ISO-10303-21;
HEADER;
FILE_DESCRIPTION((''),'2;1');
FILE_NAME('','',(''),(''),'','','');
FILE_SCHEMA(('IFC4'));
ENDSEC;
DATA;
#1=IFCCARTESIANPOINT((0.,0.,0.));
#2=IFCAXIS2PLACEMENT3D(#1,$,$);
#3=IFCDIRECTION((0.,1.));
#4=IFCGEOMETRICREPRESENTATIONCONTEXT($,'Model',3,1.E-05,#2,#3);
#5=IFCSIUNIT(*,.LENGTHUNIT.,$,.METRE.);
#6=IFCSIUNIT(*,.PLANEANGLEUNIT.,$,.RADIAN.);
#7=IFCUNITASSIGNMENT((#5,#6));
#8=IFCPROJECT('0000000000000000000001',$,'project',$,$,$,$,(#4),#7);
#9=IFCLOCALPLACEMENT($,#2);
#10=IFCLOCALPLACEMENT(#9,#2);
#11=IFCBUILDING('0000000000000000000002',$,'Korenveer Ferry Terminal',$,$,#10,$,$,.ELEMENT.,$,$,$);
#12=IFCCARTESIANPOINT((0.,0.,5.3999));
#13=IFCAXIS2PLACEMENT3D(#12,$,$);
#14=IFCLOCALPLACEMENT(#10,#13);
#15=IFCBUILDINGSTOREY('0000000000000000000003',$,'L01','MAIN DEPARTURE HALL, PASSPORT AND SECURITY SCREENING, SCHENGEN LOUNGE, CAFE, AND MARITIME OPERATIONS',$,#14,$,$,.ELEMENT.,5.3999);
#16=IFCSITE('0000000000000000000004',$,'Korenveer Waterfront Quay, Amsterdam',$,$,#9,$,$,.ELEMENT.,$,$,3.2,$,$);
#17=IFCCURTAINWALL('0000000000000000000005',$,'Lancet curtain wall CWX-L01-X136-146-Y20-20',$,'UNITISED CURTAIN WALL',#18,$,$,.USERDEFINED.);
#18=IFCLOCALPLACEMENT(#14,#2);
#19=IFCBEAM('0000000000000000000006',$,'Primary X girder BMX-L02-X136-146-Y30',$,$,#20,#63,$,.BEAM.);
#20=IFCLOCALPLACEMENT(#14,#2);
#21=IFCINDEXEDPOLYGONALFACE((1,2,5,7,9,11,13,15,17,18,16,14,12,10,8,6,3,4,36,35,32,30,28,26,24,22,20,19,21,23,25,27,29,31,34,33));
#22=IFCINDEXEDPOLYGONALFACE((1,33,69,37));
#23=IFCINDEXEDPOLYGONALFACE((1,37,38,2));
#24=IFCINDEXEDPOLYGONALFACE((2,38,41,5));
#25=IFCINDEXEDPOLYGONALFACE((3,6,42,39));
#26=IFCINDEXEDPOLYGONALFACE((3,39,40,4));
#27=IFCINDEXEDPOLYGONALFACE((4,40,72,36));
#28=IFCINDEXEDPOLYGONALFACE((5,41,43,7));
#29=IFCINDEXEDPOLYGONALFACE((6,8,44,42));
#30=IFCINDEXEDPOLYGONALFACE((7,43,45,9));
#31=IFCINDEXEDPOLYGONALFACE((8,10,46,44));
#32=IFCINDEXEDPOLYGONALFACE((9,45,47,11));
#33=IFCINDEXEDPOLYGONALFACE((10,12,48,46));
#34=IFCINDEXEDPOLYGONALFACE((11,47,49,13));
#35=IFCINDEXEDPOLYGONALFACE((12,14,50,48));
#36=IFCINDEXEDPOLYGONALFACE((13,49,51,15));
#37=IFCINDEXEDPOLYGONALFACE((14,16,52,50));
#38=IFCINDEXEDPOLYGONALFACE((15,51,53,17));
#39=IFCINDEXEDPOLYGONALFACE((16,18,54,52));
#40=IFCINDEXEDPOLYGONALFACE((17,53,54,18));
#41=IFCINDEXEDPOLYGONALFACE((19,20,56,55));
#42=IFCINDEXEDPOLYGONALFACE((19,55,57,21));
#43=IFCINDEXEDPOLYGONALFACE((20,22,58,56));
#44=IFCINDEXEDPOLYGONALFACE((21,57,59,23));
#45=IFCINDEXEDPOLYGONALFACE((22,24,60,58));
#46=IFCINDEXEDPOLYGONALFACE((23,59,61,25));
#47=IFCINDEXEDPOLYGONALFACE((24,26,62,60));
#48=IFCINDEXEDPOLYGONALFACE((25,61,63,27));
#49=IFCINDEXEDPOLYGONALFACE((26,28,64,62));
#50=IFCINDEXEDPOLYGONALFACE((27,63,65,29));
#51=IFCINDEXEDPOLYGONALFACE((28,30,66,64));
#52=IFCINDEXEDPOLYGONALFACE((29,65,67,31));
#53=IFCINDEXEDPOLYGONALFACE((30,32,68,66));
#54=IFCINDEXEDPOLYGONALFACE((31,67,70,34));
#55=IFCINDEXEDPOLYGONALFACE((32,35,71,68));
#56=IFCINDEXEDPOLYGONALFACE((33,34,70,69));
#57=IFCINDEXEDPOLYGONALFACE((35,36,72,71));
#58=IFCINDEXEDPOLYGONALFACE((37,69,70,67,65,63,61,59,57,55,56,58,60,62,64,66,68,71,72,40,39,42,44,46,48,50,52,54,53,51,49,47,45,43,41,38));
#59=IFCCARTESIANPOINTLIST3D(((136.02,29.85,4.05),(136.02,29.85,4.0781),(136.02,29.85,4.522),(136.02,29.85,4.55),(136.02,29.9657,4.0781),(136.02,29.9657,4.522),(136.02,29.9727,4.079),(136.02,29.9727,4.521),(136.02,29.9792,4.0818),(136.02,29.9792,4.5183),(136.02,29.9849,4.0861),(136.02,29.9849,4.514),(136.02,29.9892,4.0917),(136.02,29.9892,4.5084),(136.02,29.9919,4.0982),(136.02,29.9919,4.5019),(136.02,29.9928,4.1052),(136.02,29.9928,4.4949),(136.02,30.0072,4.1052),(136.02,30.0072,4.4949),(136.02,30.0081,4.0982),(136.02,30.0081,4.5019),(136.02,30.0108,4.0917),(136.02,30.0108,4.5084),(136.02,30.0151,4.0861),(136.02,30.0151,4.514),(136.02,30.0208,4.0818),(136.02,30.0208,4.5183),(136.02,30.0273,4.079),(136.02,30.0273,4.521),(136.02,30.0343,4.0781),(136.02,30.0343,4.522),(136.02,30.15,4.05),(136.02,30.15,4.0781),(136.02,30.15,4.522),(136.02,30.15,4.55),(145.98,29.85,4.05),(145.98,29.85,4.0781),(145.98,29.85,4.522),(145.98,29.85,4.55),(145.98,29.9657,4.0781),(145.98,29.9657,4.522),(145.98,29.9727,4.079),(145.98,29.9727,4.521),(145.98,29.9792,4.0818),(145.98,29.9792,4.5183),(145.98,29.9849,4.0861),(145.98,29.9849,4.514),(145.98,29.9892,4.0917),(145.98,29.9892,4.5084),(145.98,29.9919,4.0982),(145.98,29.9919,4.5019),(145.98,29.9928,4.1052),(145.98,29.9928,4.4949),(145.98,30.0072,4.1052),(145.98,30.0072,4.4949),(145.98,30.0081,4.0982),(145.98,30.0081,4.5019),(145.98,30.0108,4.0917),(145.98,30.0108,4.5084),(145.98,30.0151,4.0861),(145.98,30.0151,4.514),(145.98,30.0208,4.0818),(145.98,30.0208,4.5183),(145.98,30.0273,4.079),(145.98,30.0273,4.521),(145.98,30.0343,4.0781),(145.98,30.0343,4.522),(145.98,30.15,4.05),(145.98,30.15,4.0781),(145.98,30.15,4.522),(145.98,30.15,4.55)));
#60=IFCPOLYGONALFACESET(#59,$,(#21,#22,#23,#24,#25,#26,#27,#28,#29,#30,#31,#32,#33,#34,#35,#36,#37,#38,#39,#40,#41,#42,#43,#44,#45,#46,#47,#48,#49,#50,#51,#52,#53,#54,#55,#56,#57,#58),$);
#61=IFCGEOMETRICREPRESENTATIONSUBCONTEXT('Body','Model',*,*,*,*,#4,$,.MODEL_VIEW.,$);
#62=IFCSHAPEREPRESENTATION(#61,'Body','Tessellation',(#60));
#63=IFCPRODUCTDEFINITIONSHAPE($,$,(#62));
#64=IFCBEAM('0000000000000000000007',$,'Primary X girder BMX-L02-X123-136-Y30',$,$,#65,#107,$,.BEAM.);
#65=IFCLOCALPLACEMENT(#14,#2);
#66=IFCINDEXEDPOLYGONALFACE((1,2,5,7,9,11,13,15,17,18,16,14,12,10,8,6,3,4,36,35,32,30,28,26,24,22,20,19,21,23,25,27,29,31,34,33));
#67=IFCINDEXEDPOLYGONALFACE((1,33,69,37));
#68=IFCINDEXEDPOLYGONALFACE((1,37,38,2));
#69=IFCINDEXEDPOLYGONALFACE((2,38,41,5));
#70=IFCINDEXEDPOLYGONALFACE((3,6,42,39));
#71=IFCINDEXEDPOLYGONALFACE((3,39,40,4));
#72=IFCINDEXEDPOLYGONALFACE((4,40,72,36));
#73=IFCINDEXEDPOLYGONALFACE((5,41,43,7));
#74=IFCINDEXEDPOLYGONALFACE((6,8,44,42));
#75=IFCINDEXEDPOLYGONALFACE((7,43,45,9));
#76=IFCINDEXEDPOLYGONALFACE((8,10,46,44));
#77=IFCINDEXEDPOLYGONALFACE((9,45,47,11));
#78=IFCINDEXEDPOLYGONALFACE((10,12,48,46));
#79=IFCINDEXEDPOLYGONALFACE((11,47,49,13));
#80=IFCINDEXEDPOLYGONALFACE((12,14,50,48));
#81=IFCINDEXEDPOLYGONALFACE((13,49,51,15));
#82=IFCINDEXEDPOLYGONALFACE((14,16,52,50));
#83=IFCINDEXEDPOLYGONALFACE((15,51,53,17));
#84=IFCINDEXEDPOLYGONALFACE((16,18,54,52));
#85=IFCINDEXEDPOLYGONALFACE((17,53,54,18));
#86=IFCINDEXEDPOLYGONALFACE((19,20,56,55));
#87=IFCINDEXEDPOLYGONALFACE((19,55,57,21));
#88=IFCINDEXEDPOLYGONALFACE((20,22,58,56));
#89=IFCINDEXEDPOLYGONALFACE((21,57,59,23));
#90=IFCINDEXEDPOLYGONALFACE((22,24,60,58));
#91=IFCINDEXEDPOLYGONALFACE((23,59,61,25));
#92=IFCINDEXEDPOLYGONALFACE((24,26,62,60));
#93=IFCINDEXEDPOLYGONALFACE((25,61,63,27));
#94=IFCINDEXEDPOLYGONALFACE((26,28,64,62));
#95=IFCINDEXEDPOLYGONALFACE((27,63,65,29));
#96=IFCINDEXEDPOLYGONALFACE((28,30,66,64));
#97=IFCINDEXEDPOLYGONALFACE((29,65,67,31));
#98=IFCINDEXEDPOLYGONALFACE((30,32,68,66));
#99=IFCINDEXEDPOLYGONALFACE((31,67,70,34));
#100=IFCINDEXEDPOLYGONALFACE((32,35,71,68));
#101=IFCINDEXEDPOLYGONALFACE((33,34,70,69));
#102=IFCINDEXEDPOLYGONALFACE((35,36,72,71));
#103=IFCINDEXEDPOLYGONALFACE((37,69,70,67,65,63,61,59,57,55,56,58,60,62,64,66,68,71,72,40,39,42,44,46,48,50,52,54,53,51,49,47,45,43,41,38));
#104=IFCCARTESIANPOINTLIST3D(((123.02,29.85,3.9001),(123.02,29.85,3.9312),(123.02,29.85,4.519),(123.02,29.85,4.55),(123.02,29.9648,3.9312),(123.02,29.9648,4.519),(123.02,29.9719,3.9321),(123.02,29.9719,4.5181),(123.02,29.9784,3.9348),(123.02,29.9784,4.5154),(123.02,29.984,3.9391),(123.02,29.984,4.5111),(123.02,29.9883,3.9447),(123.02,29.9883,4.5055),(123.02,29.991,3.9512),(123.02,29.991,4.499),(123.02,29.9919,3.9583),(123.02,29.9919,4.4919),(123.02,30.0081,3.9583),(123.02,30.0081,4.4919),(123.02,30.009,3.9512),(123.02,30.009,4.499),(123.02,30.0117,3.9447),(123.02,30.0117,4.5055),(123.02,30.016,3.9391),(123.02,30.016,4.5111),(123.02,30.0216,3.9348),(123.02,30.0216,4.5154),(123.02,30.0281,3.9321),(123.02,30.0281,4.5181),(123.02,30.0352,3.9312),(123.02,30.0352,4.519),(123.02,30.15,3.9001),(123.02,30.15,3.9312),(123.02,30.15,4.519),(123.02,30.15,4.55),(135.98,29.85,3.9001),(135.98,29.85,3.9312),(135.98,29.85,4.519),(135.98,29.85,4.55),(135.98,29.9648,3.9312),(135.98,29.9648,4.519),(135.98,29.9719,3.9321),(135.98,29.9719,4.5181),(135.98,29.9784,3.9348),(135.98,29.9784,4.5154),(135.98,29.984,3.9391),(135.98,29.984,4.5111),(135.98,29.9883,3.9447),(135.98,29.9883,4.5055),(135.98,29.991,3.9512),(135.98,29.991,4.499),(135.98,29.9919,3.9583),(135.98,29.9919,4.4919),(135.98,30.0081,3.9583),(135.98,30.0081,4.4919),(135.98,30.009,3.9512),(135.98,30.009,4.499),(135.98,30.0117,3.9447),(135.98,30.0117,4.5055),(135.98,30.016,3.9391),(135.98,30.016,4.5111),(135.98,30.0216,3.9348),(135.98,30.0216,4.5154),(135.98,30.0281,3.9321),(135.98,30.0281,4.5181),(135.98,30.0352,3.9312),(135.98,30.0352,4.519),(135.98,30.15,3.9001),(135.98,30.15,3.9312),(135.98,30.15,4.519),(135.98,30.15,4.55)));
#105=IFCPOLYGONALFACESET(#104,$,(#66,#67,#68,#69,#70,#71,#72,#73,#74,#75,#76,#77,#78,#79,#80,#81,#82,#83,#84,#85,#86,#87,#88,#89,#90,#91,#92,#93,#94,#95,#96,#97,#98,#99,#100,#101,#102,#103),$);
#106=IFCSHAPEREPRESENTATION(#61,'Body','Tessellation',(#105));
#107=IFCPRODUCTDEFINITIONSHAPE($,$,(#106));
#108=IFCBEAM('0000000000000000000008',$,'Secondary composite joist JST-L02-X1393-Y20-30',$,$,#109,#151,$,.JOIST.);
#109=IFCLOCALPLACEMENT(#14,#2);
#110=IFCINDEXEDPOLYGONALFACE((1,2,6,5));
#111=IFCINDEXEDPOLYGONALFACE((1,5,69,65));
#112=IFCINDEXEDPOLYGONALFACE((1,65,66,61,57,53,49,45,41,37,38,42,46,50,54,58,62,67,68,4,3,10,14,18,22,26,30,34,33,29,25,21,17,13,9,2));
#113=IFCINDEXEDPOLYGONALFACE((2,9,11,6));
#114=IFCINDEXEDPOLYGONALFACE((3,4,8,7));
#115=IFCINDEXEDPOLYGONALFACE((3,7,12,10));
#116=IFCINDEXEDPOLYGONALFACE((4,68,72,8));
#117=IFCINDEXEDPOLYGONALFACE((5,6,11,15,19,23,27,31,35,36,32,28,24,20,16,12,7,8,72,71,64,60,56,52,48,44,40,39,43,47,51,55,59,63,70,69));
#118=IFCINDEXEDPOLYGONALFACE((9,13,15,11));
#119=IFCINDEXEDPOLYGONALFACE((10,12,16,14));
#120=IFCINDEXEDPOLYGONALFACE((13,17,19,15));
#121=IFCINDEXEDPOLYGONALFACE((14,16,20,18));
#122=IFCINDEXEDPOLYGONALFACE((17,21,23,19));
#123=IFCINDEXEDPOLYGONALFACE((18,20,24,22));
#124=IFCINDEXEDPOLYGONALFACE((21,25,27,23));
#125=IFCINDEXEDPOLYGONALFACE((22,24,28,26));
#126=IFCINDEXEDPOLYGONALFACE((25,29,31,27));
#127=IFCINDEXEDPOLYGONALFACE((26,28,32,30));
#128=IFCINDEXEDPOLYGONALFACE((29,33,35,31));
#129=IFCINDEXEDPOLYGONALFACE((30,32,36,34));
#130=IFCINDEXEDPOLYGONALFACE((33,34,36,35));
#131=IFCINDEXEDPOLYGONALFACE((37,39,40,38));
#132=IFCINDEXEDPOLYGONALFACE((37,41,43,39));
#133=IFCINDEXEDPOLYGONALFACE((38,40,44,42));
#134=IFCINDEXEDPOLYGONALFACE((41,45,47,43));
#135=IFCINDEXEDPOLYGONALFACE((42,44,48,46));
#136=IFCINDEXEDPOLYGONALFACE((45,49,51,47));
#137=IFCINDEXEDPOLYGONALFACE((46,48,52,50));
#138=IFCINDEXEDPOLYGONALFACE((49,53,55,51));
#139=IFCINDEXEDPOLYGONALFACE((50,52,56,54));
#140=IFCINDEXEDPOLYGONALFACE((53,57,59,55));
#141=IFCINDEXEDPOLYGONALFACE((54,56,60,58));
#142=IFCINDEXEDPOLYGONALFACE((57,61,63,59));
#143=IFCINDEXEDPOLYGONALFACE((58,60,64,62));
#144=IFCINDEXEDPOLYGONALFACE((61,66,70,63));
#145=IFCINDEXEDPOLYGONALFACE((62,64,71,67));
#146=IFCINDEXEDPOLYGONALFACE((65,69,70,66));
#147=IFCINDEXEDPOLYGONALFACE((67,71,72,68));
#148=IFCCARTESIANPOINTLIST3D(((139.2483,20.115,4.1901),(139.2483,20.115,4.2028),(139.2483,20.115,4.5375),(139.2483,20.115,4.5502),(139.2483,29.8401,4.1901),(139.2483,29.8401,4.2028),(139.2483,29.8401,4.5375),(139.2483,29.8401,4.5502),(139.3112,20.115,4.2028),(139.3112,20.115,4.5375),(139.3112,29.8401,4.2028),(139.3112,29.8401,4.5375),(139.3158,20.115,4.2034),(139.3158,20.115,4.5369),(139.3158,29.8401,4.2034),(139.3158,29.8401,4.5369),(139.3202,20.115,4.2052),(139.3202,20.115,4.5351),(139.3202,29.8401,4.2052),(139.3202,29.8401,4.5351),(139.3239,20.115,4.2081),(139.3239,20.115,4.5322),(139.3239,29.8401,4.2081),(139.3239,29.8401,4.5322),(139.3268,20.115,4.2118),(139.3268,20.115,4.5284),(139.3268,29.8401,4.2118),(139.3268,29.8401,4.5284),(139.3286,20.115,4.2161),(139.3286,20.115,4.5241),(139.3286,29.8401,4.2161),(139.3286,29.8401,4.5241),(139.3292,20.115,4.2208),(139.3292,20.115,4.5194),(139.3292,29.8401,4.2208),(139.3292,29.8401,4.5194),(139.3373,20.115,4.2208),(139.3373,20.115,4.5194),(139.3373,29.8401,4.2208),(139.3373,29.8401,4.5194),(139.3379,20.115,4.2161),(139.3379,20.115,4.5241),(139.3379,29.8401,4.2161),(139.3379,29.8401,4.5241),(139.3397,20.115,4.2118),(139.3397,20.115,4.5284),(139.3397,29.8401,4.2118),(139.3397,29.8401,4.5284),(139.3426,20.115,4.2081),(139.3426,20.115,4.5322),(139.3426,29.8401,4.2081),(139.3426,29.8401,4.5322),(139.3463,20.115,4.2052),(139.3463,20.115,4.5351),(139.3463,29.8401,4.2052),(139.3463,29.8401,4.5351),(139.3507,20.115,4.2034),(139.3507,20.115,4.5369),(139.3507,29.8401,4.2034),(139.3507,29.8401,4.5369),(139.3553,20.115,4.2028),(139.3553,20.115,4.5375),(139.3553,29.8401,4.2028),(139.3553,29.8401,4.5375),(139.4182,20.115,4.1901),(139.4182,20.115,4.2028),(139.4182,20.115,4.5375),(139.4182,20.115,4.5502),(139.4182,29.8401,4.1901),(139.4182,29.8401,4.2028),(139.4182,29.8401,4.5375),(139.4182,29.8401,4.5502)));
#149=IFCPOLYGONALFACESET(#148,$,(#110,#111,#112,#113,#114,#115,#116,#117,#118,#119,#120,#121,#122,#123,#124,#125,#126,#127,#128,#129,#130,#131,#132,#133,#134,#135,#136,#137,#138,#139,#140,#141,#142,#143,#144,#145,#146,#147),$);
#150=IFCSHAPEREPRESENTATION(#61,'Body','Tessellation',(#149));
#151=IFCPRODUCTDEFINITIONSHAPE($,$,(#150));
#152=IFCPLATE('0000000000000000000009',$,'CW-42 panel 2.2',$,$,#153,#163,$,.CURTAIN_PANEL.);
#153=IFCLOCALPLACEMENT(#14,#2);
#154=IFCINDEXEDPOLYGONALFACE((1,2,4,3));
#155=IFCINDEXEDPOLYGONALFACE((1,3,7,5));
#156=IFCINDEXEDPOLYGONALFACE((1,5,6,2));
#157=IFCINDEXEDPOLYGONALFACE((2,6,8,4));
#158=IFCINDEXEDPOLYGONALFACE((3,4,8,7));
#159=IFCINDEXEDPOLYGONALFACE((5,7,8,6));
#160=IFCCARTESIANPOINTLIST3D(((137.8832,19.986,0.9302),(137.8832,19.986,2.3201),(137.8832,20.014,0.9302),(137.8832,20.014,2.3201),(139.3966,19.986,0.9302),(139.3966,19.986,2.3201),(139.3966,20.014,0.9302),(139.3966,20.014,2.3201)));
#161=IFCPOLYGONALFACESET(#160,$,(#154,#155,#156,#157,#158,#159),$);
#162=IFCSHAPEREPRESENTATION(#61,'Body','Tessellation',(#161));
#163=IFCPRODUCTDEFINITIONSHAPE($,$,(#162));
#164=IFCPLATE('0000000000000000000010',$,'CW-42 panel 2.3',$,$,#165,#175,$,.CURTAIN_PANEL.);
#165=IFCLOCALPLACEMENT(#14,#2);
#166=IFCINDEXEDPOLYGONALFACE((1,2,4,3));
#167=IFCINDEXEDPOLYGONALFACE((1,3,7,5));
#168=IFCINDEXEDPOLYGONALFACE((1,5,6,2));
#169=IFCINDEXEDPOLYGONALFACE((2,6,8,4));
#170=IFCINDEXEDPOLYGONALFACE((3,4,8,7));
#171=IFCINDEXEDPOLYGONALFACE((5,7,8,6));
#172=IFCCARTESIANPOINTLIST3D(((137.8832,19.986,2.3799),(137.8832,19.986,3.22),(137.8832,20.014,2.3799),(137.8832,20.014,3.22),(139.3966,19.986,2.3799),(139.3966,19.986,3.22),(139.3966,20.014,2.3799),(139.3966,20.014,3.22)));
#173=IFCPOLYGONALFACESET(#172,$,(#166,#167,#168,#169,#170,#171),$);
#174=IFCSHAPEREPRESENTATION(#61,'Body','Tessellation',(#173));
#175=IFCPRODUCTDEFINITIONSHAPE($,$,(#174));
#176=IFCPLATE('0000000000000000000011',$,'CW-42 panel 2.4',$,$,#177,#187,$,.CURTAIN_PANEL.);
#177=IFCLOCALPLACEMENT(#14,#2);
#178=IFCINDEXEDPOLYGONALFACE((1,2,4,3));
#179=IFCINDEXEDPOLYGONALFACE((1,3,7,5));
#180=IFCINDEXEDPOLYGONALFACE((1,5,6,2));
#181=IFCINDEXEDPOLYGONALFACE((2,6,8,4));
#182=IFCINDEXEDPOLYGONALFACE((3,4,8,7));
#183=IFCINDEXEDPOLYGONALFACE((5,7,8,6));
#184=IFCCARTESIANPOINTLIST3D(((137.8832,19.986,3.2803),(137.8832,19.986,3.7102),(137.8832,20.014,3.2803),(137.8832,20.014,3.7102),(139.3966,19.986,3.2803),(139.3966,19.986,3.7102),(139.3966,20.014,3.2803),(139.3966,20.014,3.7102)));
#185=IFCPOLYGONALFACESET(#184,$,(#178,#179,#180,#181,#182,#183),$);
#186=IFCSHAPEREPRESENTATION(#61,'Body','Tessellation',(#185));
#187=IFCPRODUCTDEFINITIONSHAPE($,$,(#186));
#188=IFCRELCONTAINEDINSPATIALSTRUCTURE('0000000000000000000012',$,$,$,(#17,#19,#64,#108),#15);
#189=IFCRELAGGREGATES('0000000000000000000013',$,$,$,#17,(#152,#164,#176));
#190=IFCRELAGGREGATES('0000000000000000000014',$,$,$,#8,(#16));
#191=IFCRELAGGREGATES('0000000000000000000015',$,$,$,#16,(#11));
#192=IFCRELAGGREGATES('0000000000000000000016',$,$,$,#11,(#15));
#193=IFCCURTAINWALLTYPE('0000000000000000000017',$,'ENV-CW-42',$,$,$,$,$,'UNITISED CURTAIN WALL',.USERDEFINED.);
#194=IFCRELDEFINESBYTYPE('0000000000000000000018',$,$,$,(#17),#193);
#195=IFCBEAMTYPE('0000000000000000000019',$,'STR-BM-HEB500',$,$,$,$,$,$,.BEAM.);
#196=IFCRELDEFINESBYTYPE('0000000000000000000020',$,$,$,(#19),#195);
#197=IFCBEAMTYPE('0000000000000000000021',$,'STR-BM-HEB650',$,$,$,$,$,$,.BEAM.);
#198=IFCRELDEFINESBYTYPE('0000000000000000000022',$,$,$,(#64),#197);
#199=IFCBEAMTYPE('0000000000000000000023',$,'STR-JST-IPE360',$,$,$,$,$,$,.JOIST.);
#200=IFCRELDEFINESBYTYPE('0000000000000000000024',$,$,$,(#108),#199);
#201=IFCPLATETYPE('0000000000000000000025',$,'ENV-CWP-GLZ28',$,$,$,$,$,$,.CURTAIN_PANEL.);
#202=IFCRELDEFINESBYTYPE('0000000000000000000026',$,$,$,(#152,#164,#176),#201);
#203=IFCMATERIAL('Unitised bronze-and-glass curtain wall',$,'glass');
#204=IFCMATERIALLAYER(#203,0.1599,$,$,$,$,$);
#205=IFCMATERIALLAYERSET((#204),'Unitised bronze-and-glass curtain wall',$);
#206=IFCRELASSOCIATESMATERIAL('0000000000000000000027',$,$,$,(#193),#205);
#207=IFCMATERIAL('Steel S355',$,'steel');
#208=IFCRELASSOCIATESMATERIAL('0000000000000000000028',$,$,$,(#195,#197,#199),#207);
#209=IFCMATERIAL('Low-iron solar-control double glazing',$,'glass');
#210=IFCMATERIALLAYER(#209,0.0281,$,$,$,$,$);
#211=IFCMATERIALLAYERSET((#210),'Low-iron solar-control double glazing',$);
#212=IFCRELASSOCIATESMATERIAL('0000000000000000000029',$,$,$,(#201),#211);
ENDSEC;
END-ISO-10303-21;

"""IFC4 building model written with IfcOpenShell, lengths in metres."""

from ifc_helpers import new_model, si_unit, direction, frame, origin, origin_2d, place, context, subcontext, project, spatial, rectangle, i_section, extrude, material, layer, layer_set, material_profile, profile_set, type_object, element, aggregate, save


model = new_model("IFC4")

# Units and contexts
model_context = context("Model", 3, precision=1e-05, world=origin(), true_north=direction((0.0, 1.0)))
body_context = subcontext(model_context, "Body", "Model", "MODEL_VIEW")
ifc_project = project(units=[si_unit("LENGTHUNIT", "METRE"), si_unit("PLANEANGLEUNIT", "RADIAN")], contexts=[model_context])

# Site, building, storey
site_placement = place(None, origin())
site = spatial("IfcSite", under=ifc_project, at=site_placement, Name="Korenveer Waterfront Quay, Amsterdam", CompositionType="ELEMENT", RefElevation=3.2)
building_placement = place(site_placement, origin())
building = spatial("IfcBuilding", under=site, at=building_placement, Name="Korenveer Ferry Terminal", CompositionType="ELEMENT")
storey_placement = place(building_placement, frame((0.0, 0.0, 5.3999)))
storey = spatial("IfcBuildingStorey", under=building, at=storey_placement, Name="L01", Description="MAIN DEPARTURE HALL, PASSPORT AND SECURITY SCREENING, SCHENGEN LOUNGE, CAFE, AND MARITIME OPERATIONS", CompositionType="ELEMENT", Elevation=5.3999)

# Shared definitions
ifc_material_1 = material(Name="Steel S355", Category="steel")

# Curtain wall
ifc_material_2 = material(Name="Unitised bronze-and-glass curtain wall", Category="glass")
ifc_layer_1 = layer(ifc_material_2, 0.1599)
ifc_layer_set_1 = layer_set([ifc_layer_1], Name="Unitised bronze-and-glass curtain wall")
curtain_wall_type = type_object("IfcCurtainWallType", Name="ENV-CW-42", ElementType="UNITISED CURTAIN WALL", PredefinedType="USERDEFINED", material=ifc_layer_set_1)
curtain_wall_placement = place(storey_placement, frame((136.28, 20.0, 0.0)))
curtain_wall = element("IfcCurtainWall", 1, at=curtain_wall_placement, inside=storey, type_object=curtain_wall_type, Name="Lancet curtain wall CWX-L01-X136-146-Y20-20", ObjectType="UNITISED CURTAIN WALL", PredefinedType="USERDEFINED")

# Beams
ifc_material_profile_1 = material_profile(ifc_material_1, i_section(OverallWidth=0.3, OverallDepth=0.5, WebThickness=0.0144, FlangeThickness=0.0281, FilletRadius=0.0271, at=origin_2d()), Name="HEB 500")
ifc_profile_set_1 = profile_set([ifc_material_profile_1], Name="Steel S355")
beam_type_1 = type_object("IfcBeamType", Name="STR-BM-HEB500", PredefinedType="BEAM", material=ifc_profile_set_1)
beam_1_placement = place(storey_placement, frame((136.02, 30.0, 4.3), z_axis=(1.0, 0.0, 0.0), x_axis=(0.0, 1.0, 0.0)))
element("IfcBeam", 2, at=beam_1_placement, inside=storey, type_object=beam_type_1, Name="Primary X girder BMX-L02-X136-146-Y30", PredefinedType="BEAM", context=body_context, shape_type="SweptSolid", body=[
    extrude(i_section(OverallWidth=0.3, OverallDepth=0.5, WebThickness=0.0144, FlangeThickness=0.0281, FilletRadius=0.0271, at=origin_2d()), origin(), (0.0, 0.0, 1.0), 9.96),
])
ifc_material_profile_2 = material_profile(ifc_material_1, i_section(OverallWidth=0.3, OverallDepth=0.6499, WebThickness=0.0161, FlangeThickness=0.031, FilletRadius=0.0271, at=origin_2d()), Name="HEB 650")
ifc_profile_set_2 = profile_set([ifc_material_profile_2], Name="Steel S355")
beam_type_2 = type_object("IfcBeamType", Name="STR-BM-HEB650", PredefinedType="BEAM", material=ifc_profile_set_2)
beam_2_placement = place(storey_placement, frame((123.02, 30.0, 4.2251), z_axis=(1.0, 0.0, 0.0), x_axis=(0.0, 1.0, 0.0)))
element("IfcBeam", 3, at=beam_2_placement, inside=storey, type_object=beam_type_2, Name="Primary X girder BMX-L02-X123-136-Y30", PredefinedType="BEAM", context=body_context, shape_type="SweptSolid", body=[
    extrude(i_section(OverallWidth=0.3, OverallDepth=0.6499, WebThickness=0.0161, FlangeThickness=0.031, FilletRadius=0.0271, at=origin_2d()), origin(), (0.0, 0.0, 1.0), 12.96),
])
ifc_material_profile_3 = material_profile(ifc_material_1, i_section(OverallWidth=0.1699, OverallDepth=0.3601, WebThickness=0.0081, FlangeThickness=0.0127, FilletRadius=0.0181, at=origin_2d()), Name="IPE 360")
ifc_profile_set_3 = profile_set([ifc_material_profile_3], Name="Steel S355")
beam_type_3 = type_object("IfcBeamType", Name="STR-JST-IPE360", PredefinedType="JOIST", material=ifc_profile_set_3)
beam_3_placement = place(storey_placement, frame((139.3333, 20.115, 4.3701), z_axis=(0.0, 1.0, 0.0), x_axis=(-1.0, 0.0, 0.0)))
element("IfcBeam", 4, at=beam_3_placement, inside=storey, type_object=beam_type_3, Name="Secondary composite joist JST-L02-X1393-Y20-30", PredefinedType="JOIST", context=body_context, shape_type="SweptSolid", body=[
    extrude(i_section(OverallWidth=0.1699, OverallDepth=0.3601, WebThickness=0.0081, FlangeThickness=0.0127, FilletRadius=0.0181, at=origin_2d()), origin(), (0.0, 0.0, 1.0), 9.7251),
])

# Plates
ifc_material_3 = material(Name="Low-iron solar-control double glazing", Category="glass")
ifc_layer_2 = layer(ifc_material_3, 0.0281)
ifc_layer_set_2 = layer_set([ifc_layer_2], Name="Low-iron solar-control double glazing")
plate_type_1 = type_object("IfcPlateType", Name="ENV-CWP-GLZ28", PredefinedType="CURTAIN_PANEL", material=ifc_layer_set_2)
plate_1_placement = place(storey_placement, frame((138.6399, 20.0, 0.9302), z_axis=(0.0, 0.0, 1.0), x_axis=(1.0, 0.0, 0.0)))
plate_1 = element("IfcPlate", 5, at=plate_1_placement, type_object=plate_type_1, Name="CW-42 panel 2.2", PredefinedType="CURTAIN_PANEL", context=body_context, shape_type="SweptSolid", body=[
    extrude(rectangle(XDim=1.5134, YDim=0.0281, at=origin_2d()), origin(), (0.0, 0.0, 1.0), 1.3899),
])
plate_2_placement = place(storey_placement, frame((138.6399, 20.0, 2.3799), z_axis=(0.0, 0.0, 1.0), x_axis=(1.0, 0.0, 0.0)))
plate_2 = element("IfcPlate", 6, at=plate_2_placement, type_object=plate_type_1, Name="CW-42 panel 2.3", PredefinedType="CURTAIN_PANEL", context=body_context, shape_type="SweptSolid", body=[
    extrude(rectangle(XDim=1.5134, YDim=0.0281, at=origin_2d()), origin(), (0.0, 0.0, 1.0), 0.8401),
])
plate_3_placement = place(storey_placement, frame((138.6399, 20.0, 3.2803), z_axis=(0.0, 0.0, 1.0), x_axis=(1.0, 0.0, 0.0)))
plate_3 = element("IfcPlate", 7, at=plate_3_placement, type_object=plate_type_1, Name="CW-42 panel 2.4", PredefinedType="CURTAIN_PANEL", context=body_context, shape_type="SweptSolid", body=[
    extrude(rectangle(XDim=1.5134, YDim=0.0281, at=origin_2d()), origin(), (0.0, 0.0, 1.0), 0.4299),
])
aggregate(curtain_wall, [plate_1, plate_2, plate_3])

save(model, "model.ifc")
